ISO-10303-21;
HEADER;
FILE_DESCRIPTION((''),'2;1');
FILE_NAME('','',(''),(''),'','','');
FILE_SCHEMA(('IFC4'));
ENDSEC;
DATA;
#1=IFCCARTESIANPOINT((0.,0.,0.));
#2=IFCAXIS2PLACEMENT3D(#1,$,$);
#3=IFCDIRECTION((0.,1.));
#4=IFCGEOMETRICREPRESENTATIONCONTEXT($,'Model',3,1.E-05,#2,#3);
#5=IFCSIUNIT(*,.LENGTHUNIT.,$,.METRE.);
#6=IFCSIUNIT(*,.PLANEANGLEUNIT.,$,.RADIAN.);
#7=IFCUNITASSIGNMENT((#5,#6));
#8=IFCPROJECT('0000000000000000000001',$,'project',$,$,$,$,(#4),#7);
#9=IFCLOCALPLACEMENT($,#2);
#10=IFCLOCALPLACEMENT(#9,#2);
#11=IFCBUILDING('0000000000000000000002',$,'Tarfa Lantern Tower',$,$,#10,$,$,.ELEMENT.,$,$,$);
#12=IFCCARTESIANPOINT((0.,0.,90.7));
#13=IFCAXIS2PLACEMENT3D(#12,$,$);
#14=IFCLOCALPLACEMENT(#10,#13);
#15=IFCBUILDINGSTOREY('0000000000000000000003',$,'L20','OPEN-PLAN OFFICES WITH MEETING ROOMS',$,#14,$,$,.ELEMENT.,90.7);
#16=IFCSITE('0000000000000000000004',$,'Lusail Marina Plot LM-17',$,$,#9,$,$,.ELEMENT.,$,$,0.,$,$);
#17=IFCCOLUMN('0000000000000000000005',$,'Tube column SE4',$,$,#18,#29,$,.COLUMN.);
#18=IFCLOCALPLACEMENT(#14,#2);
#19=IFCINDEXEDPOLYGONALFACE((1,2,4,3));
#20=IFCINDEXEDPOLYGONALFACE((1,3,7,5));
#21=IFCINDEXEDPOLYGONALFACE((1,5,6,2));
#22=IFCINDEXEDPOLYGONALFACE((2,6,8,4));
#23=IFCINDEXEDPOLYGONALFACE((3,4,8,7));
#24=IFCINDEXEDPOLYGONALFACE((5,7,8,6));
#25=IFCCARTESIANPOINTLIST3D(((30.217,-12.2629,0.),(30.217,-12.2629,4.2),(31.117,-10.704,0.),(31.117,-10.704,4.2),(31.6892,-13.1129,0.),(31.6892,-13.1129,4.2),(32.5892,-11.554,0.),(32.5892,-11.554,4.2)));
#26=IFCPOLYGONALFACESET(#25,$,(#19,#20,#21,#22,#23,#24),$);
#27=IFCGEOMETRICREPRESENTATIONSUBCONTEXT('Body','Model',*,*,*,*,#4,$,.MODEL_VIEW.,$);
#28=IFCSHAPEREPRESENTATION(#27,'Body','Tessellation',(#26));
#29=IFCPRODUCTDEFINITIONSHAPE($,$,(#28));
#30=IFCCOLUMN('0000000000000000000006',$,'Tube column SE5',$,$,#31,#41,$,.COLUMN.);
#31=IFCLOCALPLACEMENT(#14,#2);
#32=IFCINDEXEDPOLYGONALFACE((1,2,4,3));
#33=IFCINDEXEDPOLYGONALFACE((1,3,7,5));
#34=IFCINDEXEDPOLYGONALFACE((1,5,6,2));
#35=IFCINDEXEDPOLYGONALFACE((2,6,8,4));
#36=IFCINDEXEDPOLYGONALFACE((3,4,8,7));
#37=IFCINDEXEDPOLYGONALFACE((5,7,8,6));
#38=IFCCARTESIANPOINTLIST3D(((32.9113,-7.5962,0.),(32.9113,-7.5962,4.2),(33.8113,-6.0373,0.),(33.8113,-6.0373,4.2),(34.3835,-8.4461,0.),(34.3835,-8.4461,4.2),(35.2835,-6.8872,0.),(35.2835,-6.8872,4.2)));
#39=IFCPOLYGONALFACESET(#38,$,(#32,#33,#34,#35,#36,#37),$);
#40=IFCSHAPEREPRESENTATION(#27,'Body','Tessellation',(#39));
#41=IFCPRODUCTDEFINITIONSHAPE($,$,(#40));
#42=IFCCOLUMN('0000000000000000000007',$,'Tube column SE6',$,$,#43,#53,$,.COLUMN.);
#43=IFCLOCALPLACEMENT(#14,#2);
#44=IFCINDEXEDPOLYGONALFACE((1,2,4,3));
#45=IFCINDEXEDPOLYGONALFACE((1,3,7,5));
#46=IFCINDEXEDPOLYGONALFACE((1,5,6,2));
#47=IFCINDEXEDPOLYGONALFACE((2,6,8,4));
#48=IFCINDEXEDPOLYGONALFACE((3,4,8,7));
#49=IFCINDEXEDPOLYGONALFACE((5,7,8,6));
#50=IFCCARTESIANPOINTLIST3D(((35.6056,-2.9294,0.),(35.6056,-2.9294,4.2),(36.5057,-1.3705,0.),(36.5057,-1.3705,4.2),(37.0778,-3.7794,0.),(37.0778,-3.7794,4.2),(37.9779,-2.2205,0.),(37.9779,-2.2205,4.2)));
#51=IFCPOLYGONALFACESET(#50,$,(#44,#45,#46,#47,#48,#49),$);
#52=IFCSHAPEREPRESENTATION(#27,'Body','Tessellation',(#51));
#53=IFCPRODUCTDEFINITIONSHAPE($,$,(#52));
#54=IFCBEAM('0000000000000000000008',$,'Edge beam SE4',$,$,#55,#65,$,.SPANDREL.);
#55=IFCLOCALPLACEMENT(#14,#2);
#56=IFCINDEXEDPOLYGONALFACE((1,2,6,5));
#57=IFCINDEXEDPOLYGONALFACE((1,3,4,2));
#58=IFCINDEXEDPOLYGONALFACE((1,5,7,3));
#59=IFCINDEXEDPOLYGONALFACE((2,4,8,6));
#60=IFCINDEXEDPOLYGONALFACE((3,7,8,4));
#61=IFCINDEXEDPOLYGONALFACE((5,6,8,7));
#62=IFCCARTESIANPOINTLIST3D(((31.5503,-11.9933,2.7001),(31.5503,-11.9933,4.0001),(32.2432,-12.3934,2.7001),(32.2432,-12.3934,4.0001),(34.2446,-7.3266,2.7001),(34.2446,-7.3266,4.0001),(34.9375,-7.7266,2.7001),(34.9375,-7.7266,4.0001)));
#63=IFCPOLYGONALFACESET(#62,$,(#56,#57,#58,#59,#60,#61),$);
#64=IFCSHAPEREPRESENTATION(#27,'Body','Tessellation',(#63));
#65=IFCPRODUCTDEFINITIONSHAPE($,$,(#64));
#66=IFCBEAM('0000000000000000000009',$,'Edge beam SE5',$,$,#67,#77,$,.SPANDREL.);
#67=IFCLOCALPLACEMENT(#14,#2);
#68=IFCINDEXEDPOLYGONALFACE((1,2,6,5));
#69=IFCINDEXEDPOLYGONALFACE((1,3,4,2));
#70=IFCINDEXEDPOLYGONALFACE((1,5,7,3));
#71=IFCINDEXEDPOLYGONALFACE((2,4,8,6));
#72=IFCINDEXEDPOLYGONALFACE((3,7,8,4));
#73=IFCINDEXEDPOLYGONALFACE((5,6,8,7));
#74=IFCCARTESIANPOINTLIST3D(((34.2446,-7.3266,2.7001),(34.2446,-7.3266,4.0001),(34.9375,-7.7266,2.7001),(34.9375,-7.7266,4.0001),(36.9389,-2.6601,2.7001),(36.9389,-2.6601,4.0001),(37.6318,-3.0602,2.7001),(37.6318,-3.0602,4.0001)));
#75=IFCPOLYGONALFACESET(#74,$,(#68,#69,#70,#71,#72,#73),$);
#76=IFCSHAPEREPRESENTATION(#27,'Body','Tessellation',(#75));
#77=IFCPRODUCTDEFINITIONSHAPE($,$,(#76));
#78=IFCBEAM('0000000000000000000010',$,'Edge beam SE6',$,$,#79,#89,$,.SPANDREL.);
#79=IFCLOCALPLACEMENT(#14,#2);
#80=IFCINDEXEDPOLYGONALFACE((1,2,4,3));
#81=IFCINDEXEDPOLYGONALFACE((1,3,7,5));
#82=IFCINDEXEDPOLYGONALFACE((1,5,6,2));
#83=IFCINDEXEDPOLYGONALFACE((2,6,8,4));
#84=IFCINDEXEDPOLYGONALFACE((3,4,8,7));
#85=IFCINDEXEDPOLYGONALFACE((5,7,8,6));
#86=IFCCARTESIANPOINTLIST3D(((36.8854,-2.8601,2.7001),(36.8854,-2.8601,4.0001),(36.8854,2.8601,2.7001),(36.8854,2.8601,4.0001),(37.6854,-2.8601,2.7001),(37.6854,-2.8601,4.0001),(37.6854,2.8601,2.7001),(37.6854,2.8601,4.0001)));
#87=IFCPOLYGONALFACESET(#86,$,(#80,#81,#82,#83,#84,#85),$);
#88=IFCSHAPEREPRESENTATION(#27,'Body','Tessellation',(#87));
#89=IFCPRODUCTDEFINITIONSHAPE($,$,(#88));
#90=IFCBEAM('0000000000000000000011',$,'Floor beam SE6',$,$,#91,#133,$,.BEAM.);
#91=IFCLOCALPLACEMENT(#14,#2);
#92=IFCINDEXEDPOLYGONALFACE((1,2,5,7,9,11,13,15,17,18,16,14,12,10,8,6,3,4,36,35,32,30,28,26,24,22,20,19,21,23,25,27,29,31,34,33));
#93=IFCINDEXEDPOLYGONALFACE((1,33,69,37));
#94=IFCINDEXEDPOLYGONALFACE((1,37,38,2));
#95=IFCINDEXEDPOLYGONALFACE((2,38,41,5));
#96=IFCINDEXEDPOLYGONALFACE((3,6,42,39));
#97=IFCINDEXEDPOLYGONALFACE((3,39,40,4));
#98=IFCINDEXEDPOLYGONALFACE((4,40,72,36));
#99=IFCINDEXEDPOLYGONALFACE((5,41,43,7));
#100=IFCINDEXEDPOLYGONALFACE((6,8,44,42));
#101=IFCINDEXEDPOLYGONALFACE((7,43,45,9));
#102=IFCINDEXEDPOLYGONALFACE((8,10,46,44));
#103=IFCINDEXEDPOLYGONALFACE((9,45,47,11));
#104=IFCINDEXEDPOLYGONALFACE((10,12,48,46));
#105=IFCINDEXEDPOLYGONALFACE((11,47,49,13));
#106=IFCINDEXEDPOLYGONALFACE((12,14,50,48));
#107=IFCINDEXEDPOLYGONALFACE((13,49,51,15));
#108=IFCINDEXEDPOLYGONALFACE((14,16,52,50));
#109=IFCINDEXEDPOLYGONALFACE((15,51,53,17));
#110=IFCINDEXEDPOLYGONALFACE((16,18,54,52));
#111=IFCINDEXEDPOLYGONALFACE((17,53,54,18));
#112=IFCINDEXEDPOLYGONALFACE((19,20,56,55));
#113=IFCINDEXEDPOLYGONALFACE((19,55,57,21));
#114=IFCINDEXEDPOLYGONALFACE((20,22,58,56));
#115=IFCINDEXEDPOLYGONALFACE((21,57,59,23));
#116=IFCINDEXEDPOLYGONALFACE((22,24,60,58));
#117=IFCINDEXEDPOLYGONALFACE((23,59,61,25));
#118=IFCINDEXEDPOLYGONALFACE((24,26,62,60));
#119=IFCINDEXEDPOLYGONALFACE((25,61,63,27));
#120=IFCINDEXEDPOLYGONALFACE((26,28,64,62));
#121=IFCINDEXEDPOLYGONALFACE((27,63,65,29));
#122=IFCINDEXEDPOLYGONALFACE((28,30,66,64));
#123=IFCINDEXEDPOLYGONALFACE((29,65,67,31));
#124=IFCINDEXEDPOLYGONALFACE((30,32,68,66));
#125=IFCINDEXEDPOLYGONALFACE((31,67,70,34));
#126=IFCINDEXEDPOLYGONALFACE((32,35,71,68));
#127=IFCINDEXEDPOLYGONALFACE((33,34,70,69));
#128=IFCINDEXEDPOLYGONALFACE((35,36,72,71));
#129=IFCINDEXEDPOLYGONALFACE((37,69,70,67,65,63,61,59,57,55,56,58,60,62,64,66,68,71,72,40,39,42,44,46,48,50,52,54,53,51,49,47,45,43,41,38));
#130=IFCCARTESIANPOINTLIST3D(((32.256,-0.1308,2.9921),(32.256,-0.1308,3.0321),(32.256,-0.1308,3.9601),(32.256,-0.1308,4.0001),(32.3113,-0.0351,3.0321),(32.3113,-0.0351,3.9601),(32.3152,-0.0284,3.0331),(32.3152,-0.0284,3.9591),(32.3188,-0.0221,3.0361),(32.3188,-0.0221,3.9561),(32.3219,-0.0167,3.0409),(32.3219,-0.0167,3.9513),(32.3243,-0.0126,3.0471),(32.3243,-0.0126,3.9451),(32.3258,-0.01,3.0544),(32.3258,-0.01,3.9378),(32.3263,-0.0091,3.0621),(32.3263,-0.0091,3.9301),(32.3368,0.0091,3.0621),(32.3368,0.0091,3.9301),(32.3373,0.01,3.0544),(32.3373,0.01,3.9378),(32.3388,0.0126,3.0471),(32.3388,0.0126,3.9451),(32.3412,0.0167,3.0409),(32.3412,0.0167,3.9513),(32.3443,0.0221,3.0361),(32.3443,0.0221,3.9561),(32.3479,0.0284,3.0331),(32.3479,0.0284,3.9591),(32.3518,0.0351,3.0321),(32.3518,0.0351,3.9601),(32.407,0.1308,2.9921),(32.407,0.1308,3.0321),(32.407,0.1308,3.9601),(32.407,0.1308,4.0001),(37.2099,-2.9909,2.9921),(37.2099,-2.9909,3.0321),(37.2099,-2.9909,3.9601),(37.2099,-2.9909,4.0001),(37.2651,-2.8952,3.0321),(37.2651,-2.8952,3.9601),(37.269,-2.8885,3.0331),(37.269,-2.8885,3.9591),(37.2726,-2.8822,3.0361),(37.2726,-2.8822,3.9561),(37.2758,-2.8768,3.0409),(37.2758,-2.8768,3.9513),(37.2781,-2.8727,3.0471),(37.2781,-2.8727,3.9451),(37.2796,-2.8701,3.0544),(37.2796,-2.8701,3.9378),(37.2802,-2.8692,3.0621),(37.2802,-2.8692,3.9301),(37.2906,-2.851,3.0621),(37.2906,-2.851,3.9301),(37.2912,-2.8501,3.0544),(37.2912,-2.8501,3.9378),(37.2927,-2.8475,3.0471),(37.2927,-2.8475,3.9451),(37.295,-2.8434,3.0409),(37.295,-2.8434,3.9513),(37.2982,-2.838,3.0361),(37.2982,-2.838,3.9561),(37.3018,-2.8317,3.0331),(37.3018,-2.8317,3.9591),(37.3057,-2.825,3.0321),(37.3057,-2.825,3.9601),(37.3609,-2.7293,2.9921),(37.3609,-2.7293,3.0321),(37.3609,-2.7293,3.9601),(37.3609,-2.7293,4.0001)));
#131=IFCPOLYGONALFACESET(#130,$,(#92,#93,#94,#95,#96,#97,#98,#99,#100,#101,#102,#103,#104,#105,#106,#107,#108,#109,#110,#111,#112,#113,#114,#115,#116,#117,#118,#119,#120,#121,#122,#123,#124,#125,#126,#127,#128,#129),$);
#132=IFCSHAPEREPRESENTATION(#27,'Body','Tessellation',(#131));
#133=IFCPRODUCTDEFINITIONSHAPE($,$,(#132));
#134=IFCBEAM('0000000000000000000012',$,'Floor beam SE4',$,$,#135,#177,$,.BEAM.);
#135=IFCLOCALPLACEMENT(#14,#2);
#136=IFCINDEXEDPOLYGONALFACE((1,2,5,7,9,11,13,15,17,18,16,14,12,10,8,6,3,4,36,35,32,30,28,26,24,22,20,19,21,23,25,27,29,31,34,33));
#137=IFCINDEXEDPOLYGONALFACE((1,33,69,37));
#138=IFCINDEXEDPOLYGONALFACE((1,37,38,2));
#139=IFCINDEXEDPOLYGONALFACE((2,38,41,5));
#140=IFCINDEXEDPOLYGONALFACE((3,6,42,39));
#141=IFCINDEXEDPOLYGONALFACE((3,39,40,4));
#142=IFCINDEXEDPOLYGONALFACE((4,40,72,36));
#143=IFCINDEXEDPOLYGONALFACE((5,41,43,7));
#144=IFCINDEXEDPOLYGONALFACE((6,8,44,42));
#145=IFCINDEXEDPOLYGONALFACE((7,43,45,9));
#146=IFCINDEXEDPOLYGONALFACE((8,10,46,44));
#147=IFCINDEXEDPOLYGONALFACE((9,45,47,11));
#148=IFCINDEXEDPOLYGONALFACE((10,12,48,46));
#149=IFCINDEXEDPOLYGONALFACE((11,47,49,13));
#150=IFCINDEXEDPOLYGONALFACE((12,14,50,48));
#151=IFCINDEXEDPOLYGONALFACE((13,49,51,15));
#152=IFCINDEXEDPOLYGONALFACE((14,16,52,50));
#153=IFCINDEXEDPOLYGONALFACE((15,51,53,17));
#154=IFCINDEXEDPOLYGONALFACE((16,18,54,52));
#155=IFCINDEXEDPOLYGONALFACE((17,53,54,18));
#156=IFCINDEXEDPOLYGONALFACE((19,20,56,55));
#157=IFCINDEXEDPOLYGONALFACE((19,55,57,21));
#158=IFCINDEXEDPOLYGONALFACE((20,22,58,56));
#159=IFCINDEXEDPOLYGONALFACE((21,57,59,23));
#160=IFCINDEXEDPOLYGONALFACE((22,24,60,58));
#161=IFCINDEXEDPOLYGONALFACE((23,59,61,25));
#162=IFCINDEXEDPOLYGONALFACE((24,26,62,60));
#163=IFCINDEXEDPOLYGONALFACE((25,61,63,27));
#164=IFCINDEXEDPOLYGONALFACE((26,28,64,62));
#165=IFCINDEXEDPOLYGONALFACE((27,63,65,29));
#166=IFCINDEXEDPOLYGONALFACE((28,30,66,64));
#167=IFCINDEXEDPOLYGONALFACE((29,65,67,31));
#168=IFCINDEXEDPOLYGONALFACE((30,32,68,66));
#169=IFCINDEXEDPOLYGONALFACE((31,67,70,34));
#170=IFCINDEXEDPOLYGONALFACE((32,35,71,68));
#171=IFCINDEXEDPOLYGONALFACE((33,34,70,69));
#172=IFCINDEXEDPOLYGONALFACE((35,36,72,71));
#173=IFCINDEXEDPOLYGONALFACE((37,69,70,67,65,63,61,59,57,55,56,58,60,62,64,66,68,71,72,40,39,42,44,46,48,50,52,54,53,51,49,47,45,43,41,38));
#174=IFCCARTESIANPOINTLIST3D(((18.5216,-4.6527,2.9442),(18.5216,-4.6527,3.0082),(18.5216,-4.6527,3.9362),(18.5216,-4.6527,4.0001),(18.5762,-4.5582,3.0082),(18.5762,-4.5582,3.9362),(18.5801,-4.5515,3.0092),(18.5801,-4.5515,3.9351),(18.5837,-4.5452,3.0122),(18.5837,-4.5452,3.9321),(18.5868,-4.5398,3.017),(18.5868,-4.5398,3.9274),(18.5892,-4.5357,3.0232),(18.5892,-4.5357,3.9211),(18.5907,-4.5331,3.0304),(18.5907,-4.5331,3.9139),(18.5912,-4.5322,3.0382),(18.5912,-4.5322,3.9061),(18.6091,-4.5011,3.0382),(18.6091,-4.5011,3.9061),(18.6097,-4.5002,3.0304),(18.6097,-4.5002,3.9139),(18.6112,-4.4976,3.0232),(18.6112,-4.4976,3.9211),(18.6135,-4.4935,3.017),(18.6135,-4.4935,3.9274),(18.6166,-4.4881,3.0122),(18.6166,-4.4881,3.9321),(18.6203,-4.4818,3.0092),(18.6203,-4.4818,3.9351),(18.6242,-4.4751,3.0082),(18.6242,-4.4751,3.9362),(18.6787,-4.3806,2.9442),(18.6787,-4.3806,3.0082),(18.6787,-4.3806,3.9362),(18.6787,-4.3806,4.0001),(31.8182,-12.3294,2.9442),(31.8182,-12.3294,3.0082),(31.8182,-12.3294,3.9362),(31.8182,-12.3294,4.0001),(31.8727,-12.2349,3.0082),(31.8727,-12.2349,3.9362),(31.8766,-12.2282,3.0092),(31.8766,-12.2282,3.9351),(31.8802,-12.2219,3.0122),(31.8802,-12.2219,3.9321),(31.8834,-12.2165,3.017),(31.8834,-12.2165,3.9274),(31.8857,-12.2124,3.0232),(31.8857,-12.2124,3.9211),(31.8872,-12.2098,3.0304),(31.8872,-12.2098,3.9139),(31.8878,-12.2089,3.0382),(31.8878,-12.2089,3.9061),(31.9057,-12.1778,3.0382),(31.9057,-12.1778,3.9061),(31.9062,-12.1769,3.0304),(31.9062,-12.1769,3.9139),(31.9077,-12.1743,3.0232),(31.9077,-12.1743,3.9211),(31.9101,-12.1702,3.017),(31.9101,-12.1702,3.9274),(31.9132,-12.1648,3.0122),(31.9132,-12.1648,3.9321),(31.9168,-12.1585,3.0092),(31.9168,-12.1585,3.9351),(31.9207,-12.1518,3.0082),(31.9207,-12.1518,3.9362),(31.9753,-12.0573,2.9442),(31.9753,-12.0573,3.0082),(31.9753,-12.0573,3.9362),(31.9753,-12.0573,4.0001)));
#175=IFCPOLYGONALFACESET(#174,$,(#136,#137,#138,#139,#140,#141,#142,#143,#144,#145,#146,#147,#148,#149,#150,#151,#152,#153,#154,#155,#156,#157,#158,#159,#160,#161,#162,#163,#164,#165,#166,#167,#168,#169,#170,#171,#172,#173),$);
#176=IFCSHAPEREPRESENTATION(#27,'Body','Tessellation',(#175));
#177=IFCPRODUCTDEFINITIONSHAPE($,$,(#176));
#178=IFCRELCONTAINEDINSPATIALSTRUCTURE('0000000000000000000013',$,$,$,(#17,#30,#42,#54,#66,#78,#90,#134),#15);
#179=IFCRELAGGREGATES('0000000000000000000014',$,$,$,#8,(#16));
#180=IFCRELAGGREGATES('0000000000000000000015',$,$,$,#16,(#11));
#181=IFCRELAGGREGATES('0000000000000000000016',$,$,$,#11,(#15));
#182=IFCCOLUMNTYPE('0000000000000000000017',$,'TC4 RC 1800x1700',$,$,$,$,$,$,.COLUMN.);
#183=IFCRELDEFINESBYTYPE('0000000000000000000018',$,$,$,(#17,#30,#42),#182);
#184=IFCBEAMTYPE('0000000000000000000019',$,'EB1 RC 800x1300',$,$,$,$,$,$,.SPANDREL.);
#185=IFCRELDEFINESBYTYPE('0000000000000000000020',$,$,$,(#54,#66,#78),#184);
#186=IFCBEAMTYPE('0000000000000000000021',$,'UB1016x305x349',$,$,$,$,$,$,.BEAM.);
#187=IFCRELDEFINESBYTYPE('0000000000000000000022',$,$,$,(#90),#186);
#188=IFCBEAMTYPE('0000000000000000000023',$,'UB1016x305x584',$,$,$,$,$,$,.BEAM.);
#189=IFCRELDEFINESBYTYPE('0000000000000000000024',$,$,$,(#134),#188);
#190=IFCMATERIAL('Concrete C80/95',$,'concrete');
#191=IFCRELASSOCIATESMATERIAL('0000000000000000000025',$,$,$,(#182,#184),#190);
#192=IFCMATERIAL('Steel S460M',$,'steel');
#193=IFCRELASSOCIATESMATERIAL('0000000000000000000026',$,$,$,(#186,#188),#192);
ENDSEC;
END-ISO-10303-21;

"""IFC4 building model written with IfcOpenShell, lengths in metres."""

from ifc_helpers import new_model, si_unit, direction, frame, origin, origin_2d, place, context, subcontext, project, spatial, rectangle, i_section, extrude, material, material_profile, profile_set, type_object, element, save


model = new_model("IFC4")

# Units and contexts
model_context = context("Model", 3, precision=1e-05, world=origin(), true_north=direction((0.0, 1.0)))
body_context = subcontext(model_context, "Body", "Model", "MODEL_VIEW")
ifc_project = project(units=[si_unit("LENGTHUNIT", "METRE"), si_unit("PLANEANGLEUNIT", "RADIAN")], contexts=[model_context])

# Site, building, storey
site_placement = place(None, origin())
site = spatial("IfcSite", under=ifc_project, at=site_placement, Name="Lusail Marina Plot LM-17", CompositionType="ELEMENT", RefElevation=0.0)
building_placement = place(site_placement, origin())
building = spatial("IfcBuilding", under=site, at=building_placement, Name="Tarfa Lantern Tower", CompositionType="ELEMENT")
storey_placement = place(building_placement, frame((0.0, 0.0, 90.7)))
storey = spatial("IfcBuildingStorey", under=building, at=storey_placement, Name="L20", Description="OPEN-PLAN OFFICES WITH MEETING ROOMS", CompositionType="ELEMENT", Elevation=90.7)

# Columns
ifc_material_1 = material(Name="Concrete C80/95", Category="concrete")
ifc_material_profile_1 = material_profile(ifc_material_1, rectangle(XDim=1.8, YDim=1.7, at=origin_2d()), Name="RC 1800x1700")
ifc_profile_set_1 = profile_set([ifc_material_profile_1], Name="Concrete C80/95")
column_type = type_object("IfcColumnType", Name="TC4 RC 1800x1700", PredefinedType="COLUMN", material=ifc_profile_set_1)
for number, where, z_axis, x_axis, name in (
    (1, (31.4031, -11.9084, 0.0), (0.0, 0.0, 1.0), (0.5, 0.866025, 0.0), "Tube column SE4"),
    (2, (34.0974, -7.2417, 0.0), (0.0, 0.0, 1.0), (0.5, 0.866025, 0.0), "Tube column SE5"),
    (3, (36.7917, -2.575, 0.0), (0.0, 0.0, 1.0), (0.5, 0.866025, 0.0), "Tube column SE6"),
):
    element("IfcColumn", number, at=place(storey_placement, frame(where, z_axis=z_axis, x_axis=x_axis)), inside=storey, type_object=column_type, Name=name, PredefinedType="COLUMN", context=body_context, shape_type="SweptSolid", body=[
        extrude(rectangle(XDim=1.8, YDim=1.7, at=origin_2d()), origin(), (0.0, 0.0, 1.0), 4.2),
    ])

# Beams
ifc_material_profile_2 = material_profile(ifc_material_1, rectangle(XDim=0.8, YDim=1.3, at=origin_2d()), Name="RC 800x1300")
ifc_profile_set_2 = profile_set([ifc_material_profile_2], Name="Concrete C80/95")
beam_type_1 = type_object("IfcBeamType", Name="EB1 RC 800x1300", PredefinedType="SPANDREL", material=ifc_profile_set_2)
beam_1_placement = place(storey_placement, frame((31.8967, -12.1934, 3.3501), z_axis=(0.499998, 0.866026, 0.0), x_axis=(-0.866026, 0.499998, 0.0)))
element("IfcBeam", 4, at=beam_1_placement, inside=storey, type_object=beam_type_1, Name="Edge beam SE4", PredefinedType="SPANDREL", context=body_context, shape_type="SweptSolid", body=[
    extrude(rectangle(XDim=0.8, YDim=1.3, at=origin_2d()), origin(), (0.0, 0.0, 1.0), 5.3887),
])
beam_2_placement = place(storey_placement, frame((34.5911, -7.5266, 3.3501), z_axis=(0.500018, 0.866015, 0.0), x_axis=(-0.866015, 0.500018, 0.0)))
element("IfcBeam", 5, at=beam_2_placement, inside=storey, type_object=beam_type_1, Name="Edge beam SE5", PredefinedType="SPANDREL", context=body_context, shape_type="SweptSolid", body=[
    extrude(rectangle(XDim=0.8, YDim=1.3, at=origin_2d()), origin(), (0.0, 0.0, 1.0), 5.3884),
])
beam_3_placement = place(storey_placement, frame((37.2854, -2.8601, 3.3501), z_axis=(0.0, 1.0, 0.0), x_axis=(-1.0, 0.0, 0.0)))
element("IfcBeam", 6, at=beam_3_placement, inside=storey, type_object=beam_type_1, Name="Edge beam SE6", PredefinedType="SPANDREL", context=body_context, shape_type="SweptSolid", body=[
    extrude(rectangle(XDim=0.8, YDim=1.3, at=origin_2d()), origin(), (0.0, 0.0, 1.0), 5.7202),
])
ifc_material_2 = material(Name="Steel S460M", Category="steel")
ifc_material_profile_3 = material_profile(ifc_material_2, i_section(OverallWidth=0.302, OverallDepth=1.0081, WebThickness=0.021, FlangeThickness=0.04, FilletRadius=0.03, at=origin_2d()), Name="UB1016x305x349")
ifc_profile_set_3 = profile_set([ifc_material_profile_3], Name="Steel S460M")
beam_type_2 = type_object("IfcBeamType", Name="UB1016x305x349", PredefinedType="BEAM", material=ifc_profile_set_3)
beam_4_placement = place(storey_placement, frame((37.2854, -2.8601, 3.4961), z_axis=(-0.866026, 0.5, 0.0), x_axis=(-0.5, -0.866026, 0.0)))
element("IfcBeam", 7, at=beam_4_placement, inside=storey, type_object=beam_type_2, Name="Floor beam SE6", PredefinedType="BEAM", context=body_context, shape_type="SweptSolid", body=[
    extrude(i_section(OverallWidth=0.302, OverallDepth=1.0081, WebThickness=0.021, FlangeThickness=0.04, FilletRadius=0.03, at=origin_2d()), origin(), (0.0, 0.0, 1.0), 5.7202),
])
ifc_material_profile_4 = material_profile(ifc_material_2, i_section(OverallWidth=0.3142, OverallDepth=1.0559, WebThickness=0.0359, FlangeThickness=0.064, FilletRadius=0.03, at=origin_2d()), Name="UB1016x305x584")
ifc_profile_set_4 = profile_set([ifc_material_profile_4], Name="Steel S460M")
beam_type_3 = type_object("IfcBeamType", Name="UB1016x305x584", PredefinedType="BEAM", material=ifc_profile_set_4)
beam_5_placement = place(storey_placement, frame((31.8967, -12.1934, 3.4722), z_axis=(-0.866027, 0.499997, 0.0), x_axis=(-0.499997, -0.866027, 0.0)))
element("IfcBeam", 8, at=beam_5_placement, inside=storey, type_object=beam_type_3, Name="Floor beam SE4", PredefinedType="BEAM", context=body_context, shape_type="SweptSolid", body=[
    extrude(i_section(OverallWidth=0.3142, OverallDepth=1.0559, WebThickness=0.0359, FlangeThickness=0.064, FilletRadius=0.03, at=origin_2d()), origin(), (0.0, 0.0, 1.0), 15.3535),
])

save(model, "model.ifc")
